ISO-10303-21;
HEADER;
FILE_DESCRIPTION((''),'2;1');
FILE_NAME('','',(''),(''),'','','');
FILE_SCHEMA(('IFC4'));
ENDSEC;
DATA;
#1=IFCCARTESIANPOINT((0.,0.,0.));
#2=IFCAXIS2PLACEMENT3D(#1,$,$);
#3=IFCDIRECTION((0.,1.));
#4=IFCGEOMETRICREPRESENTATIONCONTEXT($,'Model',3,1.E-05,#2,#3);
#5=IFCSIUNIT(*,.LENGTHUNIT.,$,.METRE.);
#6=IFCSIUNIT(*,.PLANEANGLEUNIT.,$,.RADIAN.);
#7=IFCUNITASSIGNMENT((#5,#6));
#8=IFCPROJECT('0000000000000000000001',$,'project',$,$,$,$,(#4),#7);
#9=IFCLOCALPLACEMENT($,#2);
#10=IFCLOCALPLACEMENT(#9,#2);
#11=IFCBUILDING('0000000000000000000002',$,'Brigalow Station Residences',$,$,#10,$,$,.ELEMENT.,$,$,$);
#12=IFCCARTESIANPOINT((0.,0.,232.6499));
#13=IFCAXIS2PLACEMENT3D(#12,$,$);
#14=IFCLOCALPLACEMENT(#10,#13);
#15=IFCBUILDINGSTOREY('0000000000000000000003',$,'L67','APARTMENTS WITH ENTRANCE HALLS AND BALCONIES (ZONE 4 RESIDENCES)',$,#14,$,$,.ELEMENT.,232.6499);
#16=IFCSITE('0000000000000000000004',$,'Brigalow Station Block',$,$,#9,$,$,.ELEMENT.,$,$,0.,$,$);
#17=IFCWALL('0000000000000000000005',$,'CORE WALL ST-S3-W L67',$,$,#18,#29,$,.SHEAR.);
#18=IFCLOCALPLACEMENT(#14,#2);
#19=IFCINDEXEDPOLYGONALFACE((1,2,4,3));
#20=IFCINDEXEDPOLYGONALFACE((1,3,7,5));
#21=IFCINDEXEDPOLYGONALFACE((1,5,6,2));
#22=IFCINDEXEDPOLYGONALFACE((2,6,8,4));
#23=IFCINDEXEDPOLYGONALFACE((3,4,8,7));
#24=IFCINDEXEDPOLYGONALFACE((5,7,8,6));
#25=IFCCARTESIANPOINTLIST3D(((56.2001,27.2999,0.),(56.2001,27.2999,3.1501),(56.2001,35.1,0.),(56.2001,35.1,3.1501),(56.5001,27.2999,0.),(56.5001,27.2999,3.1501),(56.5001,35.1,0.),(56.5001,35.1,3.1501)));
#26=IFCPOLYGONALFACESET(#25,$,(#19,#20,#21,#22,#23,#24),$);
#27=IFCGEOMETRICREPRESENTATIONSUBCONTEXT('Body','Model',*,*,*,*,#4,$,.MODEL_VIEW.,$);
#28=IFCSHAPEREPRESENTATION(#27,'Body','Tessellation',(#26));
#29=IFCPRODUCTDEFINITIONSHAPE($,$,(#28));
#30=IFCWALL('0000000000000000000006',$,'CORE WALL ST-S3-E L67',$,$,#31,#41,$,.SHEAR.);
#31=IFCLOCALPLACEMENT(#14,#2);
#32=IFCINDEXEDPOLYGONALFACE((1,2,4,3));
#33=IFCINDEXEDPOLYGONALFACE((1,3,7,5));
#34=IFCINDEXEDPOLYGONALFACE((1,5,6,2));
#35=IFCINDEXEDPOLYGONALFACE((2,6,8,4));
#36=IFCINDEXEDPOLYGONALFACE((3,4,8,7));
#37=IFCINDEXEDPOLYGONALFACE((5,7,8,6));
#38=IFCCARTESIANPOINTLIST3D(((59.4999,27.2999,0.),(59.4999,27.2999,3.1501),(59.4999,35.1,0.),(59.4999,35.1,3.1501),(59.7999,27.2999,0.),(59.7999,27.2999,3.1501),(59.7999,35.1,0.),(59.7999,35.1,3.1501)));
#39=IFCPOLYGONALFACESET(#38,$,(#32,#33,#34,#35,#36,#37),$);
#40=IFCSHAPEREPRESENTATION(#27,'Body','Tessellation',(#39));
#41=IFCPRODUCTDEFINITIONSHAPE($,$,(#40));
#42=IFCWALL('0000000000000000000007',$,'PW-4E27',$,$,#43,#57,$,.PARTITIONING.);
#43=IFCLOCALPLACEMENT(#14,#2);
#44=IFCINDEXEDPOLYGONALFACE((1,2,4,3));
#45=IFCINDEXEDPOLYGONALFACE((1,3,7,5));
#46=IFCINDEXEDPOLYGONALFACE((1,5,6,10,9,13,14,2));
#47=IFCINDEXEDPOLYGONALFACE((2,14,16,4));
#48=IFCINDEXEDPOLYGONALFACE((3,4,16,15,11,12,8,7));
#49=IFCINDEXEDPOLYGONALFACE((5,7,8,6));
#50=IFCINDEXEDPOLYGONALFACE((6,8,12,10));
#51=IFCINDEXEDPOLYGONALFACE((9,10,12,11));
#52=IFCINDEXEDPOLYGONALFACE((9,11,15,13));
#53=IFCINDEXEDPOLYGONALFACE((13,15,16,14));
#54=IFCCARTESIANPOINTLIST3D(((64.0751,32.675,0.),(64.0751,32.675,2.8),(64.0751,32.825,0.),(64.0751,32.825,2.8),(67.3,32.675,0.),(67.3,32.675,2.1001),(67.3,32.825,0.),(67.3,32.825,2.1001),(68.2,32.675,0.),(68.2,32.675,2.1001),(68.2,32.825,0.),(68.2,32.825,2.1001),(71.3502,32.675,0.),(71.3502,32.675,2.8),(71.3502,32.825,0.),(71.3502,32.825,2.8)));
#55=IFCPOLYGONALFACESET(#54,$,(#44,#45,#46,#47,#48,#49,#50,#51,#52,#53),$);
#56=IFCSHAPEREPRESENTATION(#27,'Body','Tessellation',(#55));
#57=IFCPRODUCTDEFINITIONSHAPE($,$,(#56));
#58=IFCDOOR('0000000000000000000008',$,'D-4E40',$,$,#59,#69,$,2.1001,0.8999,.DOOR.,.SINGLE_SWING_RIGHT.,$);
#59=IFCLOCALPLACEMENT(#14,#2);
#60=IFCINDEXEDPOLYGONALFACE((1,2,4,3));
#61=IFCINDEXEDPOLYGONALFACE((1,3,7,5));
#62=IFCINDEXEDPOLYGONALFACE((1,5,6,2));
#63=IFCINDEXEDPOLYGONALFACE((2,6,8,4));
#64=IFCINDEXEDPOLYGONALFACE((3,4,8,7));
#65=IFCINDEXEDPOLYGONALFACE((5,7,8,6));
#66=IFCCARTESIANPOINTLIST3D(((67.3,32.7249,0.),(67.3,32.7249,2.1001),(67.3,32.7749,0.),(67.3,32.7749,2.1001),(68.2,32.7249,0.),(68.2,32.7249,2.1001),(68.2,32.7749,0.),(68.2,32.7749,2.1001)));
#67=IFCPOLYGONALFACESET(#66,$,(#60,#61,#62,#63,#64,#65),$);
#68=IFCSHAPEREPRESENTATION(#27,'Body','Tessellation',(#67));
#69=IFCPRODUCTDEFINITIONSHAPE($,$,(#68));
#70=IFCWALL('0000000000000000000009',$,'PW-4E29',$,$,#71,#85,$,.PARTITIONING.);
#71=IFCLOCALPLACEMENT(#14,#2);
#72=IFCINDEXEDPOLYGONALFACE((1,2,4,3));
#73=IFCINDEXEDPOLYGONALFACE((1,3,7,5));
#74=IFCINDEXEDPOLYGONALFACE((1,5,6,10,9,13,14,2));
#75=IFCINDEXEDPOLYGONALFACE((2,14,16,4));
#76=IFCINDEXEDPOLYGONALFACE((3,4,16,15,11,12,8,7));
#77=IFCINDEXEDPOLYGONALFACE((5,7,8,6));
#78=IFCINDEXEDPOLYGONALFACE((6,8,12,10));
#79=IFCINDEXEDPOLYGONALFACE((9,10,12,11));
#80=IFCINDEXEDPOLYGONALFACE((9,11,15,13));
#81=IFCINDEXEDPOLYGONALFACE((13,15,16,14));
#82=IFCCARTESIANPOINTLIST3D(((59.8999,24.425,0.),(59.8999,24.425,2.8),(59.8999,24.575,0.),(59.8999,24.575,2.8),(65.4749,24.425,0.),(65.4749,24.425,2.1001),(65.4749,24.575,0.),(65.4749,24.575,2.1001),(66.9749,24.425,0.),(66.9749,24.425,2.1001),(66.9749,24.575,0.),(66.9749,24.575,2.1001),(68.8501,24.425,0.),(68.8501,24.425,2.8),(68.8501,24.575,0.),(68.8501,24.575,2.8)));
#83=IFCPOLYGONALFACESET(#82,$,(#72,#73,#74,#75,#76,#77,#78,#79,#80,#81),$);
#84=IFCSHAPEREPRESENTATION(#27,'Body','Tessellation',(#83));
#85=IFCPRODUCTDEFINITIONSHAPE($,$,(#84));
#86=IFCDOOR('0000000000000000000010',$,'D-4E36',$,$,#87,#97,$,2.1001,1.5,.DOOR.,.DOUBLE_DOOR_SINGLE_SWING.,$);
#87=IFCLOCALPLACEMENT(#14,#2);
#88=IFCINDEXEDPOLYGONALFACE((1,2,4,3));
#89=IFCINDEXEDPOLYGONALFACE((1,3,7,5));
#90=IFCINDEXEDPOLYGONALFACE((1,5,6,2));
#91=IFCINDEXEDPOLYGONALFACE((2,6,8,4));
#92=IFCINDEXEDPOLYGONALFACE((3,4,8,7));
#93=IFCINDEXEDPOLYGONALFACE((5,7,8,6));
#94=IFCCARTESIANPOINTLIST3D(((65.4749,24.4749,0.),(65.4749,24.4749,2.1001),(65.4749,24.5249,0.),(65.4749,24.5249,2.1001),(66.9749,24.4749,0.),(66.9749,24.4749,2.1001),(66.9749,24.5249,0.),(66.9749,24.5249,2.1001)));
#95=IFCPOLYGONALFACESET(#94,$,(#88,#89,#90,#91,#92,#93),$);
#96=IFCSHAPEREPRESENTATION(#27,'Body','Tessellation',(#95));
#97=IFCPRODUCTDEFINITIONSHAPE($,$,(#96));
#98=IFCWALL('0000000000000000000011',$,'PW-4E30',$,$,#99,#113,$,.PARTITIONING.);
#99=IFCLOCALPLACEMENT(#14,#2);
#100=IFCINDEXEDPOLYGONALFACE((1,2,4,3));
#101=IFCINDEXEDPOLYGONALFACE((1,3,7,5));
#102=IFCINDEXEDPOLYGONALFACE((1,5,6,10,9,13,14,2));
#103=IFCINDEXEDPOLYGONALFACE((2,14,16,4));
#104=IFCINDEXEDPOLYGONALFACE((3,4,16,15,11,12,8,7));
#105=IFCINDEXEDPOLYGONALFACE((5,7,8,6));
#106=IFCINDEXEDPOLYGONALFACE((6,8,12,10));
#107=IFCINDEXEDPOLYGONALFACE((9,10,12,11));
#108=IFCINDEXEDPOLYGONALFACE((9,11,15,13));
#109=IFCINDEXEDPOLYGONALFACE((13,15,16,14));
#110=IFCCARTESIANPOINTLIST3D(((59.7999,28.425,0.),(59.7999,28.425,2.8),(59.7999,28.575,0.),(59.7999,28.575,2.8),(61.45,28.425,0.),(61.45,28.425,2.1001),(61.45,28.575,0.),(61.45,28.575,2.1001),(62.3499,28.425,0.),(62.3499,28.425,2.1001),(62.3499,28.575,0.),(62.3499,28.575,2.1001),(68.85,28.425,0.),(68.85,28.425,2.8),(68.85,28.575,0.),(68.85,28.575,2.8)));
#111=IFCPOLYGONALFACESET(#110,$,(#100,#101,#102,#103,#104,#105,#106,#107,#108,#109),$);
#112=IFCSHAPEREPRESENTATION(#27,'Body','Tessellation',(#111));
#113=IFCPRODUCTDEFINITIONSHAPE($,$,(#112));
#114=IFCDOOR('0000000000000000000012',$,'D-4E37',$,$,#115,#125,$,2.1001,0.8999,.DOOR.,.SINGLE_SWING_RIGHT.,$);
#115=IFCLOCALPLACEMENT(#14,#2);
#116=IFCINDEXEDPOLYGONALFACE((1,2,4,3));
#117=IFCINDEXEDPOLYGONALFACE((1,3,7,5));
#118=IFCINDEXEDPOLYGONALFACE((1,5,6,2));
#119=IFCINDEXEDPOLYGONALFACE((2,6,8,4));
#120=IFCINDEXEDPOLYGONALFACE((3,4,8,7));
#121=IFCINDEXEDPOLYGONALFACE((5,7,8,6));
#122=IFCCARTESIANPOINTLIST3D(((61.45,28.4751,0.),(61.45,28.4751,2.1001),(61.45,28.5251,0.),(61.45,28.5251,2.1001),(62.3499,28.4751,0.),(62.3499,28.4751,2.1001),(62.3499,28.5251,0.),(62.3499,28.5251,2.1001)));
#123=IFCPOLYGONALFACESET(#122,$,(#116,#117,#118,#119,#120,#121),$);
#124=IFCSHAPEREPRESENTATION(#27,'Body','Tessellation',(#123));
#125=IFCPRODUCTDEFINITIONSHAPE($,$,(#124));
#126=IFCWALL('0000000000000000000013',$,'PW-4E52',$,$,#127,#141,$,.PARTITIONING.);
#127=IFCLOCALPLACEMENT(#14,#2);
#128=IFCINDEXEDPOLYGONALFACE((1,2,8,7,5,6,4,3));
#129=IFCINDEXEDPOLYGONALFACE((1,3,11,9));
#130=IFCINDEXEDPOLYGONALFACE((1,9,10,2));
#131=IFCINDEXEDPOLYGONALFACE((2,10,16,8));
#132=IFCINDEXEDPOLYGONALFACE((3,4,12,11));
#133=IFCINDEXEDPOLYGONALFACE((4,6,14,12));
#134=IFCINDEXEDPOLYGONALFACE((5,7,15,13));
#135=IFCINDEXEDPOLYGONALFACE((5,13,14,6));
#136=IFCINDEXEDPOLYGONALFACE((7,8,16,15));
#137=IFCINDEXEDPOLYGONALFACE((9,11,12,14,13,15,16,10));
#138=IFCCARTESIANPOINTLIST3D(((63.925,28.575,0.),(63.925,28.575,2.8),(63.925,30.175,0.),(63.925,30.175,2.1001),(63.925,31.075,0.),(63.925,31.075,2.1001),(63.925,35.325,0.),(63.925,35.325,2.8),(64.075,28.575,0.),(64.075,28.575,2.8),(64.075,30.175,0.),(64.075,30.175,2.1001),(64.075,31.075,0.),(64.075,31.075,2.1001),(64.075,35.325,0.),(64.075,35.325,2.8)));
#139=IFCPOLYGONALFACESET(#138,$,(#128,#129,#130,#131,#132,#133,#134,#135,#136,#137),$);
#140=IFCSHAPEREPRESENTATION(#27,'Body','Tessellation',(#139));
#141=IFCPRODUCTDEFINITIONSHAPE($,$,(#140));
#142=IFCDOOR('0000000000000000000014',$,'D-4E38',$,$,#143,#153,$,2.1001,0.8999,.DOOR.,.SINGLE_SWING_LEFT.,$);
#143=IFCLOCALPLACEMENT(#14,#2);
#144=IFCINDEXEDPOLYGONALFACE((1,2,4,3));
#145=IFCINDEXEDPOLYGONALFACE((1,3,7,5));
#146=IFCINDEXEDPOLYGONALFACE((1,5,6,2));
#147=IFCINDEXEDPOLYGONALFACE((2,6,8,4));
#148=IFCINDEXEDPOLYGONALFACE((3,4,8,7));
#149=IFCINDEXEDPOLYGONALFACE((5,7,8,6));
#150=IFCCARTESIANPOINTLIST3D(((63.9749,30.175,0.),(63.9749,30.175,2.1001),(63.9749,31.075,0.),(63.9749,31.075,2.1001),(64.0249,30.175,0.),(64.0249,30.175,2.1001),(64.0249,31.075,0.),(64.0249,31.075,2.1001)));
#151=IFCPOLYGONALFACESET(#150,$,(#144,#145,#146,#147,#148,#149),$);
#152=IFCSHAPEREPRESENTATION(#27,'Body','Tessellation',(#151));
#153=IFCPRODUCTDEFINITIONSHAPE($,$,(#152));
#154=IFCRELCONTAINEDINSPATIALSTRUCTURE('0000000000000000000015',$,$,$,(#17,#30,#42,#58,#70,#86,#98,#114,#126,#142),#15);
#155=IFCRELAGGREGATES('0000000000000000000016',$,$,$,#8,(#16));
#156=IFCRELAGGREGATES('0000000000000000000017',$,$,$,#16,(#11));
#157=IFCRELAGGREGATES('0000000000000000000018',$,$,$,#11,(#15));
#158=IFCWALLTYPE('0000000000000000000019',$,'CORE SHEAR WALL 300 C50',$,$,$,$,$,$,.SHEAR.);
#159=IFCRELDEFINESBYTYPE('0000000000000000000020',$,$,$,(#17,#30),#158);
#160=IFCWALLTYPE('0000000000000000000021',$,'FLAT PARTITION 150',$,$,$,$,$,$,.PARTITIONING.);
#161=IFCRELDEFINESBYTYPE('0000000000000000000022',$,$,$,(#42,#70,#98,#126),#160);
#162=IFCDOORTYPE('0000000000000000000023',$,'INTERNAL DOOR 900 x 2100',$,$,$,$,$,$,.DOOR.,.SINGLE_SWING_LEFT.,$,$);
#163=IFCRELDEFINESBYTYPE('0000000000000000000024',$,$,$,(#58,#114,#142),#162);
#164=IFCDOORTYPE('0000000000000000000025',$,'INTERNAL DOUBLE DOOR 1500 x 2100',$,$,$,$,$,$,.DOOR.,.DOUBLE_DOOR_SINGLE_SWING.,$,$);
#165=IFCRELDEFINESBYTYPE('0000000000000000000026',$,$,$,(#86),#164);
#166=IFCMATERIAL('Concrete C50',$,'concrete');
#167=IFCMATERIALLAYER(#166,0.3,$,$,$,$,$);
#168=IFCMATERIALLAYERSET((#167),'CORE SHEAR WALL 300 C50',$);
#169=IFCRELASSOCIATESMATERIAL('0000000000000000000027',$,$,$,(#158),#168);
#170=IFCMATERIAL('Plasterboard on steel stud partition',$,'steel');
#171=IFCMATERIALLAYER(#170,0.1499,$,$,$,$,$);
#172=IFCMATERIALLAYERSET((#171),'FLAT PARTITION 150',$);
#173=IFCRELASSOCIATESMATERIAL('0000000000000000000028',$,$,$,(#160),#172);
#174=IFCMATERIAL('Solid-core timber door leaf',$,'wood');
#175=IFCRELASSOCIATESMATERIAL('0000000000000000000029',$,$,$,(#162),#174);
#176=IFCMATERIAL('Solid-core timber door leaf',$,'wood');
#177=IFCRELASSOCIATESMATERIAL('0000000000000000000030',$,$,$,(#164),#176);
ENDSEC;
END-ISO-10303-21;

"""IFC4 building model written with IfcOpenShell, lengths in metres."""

from ifc_helpers import new_model, si_unit, direction, frame, frame_2d, origin, place, context, subcontext, project, spatial, rectangle, extrude, material, layer, layer_set, type_object, element, fill, save


model = new_model("IFC4")

# Units and contexts
model_context = context("Model", 3, precision=1e-05, world=origin(), true_north=direction((0.0, 1.0)))
body_context = subcontext(model_context, "Body", "Model", "MODEL_VIEW")
ifc_project = project(units=[si_unit("LENGTHUNIT", "METRE"), si_unit("PLANEANGLEUNIT", "RADIAN")], contexts=[model_context])

# Site, building, storey
site_placement = place(None, origin())
site = spatial("IfcSite", under=ifc_project, at=site_placement, Name="Brigalow Station Block", CompositionType="ELEMENT", RefElevation=0.0)
building_placement = place(site_placement, origin())
building = spatial("IfcBuilding", under=site, at=building_placement, Name="Brigalow Station Residences", CompositionType="ELEMENT")
storey_placement = place(building_placement, frame((0.0, 0.0, 232.6499)))
storey = spatial("IfcBuildingStorey", under=building, at=storey_placement, Name="L67", Description="APARTMENTS WITH ENTRANCE HALLS AND BALCONIES (ZONE 4 RESIDENCES)", CompositionType="ELEMENT", Elevation=232.6499)

# Walls
ifc_material_1 = material(Name="Concrete C50", Category="concrete")
ifc_layer_1 = layer(ifc_material_1, 0.3)
ifc_layer_set_1 = layer_set([ifc_layer_1], Name="CORE SHEAR WALL 300 C50")
wall_type_1 = type_object("IfcWallType", Name="CORE SHEAR WALL 300 C50", PredefinedType="SHEAR", material=ifc_layer_set_1)
for number, where, z_axis, x_axis, name in (
    (1, (56.3501, 27.3, 0.0), (0.0, 0.0, 1.0), (0.0, 1.0, 0.0), "CORE WALL ST-S3-W L67"),
    (2, (59.6499, 27.3, 0.0), (0.0, 0.0, 1.0), (0.0, 1.0, 0.0), "CORE WALL ST-S3-E L67"),
):
    element("IfcWall", number, at=place(storey_placement, frame(where, z_axis=z_axis, x_axis=x_axis)), inside=storey, type_object=wall_type_1, Name=name, PredefinedType="SHEAR", context=body_context, shape_type="SweptSolid", body=[
        extrude(rectangle(XDim=7.8, YDim=0.3, at=frame_2d((3.8999, 0.0))), origin(), (0.0, 0.0, 1.0), 3.1501),
    ])

# Walls, openings, doors
ifc_material_2 = material(Name="Plasterboard on steel stud partition", Category="steel")
ifc_layer_2 = layer(ifc_material_2, 0.1499)
ifc_layer_set_2 = layer_set([ifc_layer_2], Name="FLAT PARTITION 150")
wall_type_2 = type_object("IfcWallType", Name="FLAT PARTITION 150", PredefinedType="PARTITIONING", material=ifc_layer_set_2)
wall_1_placement = place(storey_placement, frame((64.075, 32.75, 0.0), z_axis=(0.0, 0.0, 1.0), x_axis=(1.0, 0.0, 0.0)))
wall_1 = element("IfcWall", 3, at=wall_1_placement, inside=storey, type_object=wall_type_2, Name="PW-4E27", PredefinedType="PARTITIONING", context=body_context, shape_type="SweptSolid", body=[
    extrude(rectangle(XDim=7.2751, YDim=0.1499, at=frame_2d((3.6377, 0.0))), origin(), (0.0, 0.0, 1.0), 2.8),
])
opening_1_placement = place(wall_1_placement, frame((3.2251, 0.0, 0.0)))
opening_1 = element("IfcOpeningElement", 4, at=opening_1_placement, cuts=wall_1, PredefinedType="OPENING", context=body_context, shape_type="SweptSolid", body=[
    extrude(rectangle(XDim=0.8999, YDim=2.1001, at=frame_2d((0.45, 1.05))), frame((0.0, 0.085, 0.0), z_axis=(0.0, -1.0, 0.0), x_axis=(1.0, 0.0, 0.0)), (0.0, 0.0, 1.0), 0.1699),
])
ifc_material_3 = material(Name="Solid-core timber door leaf", Category="wood")
door_type_1 = type_object("IfcDoorType", Name="INTERNAL DOOR 900 x 2100", OperationType="SINGLE_SWING_LEFT", PredefinedType="DOOR", material=ifc_material_3)
door_1_placement = place(opening_1_placement, origin())
door_1 = element("IfcDoor", 5, at=door_1_placement, inside=storey, type_object=door_type_1, Name="D-4E40", OperationType="SINGLE_SWING_RIGHT", OverallHeight=2.1001, OverallWidth=0.8999, PredefinedType="DOOR", context=body_context, shape_type="SweptSolid", body=[
    extrude(rectangle(XDim=0.8999, YDim=2.1001, at=frame_2d((0.45, 1.05))), frame((0.0, 0.0249, 0.0), z_axis=(0.0, -1.0, 0.0), x_axis=(1.0, 0.0, 0.0)), (0.0, 0.0, 1.0), 0.05),
])
fill(opening_1, door_1)
wall_2_placement = place(storey_placement, frame((59.8999, 24.5, 0.0), z_axis=(0.0, 0.0, 1.0), x_axis=(1.0, 0.0, 0.0)))
wall_2 = element("IfcWall", 6, at=wall_2_placement, inside=storey, type_object=wall_type_2, Name="PW-4E29", PredefinedType="PARTITIONING", context=body_context, shape_type="SweptSolid", body=[
    extrude(rectangle(XDim=8.9502, YDim=0.1499, at=frame_2d((4.4751, 0.0))), origin(), (0.0, 0.0, 1.0), 2.8),
])
opening_2_placement = place(wall_2_placement, frame((5.575, 0.0, 0.0)))
opening_2 = element("IfcOpeningElement", 7, at=opening_2_placement, cuts=wall_2, PredefinedType="OPENING", context=body_context, shape_type="SweptSolid", body=[
    extrude(rectangle(XDim=1.5, YDim=2.1001, at=frame_2d((0.75, 1.05))), frame((0.0, 0.085, 0.0), z_axis=(0.0, -1.0, 0.0), x_axis=(1.0, 0.0, 0.0)), (0.0, 0.0, 1.0), 0.1699),
])
ifc_material_4 = material(Name="Solid-core timber door leaf", Category="wood")
door_type_2 = type_object("IfcDoorType", Name="INTERNAL DOUBLE DOOR 1500 x 2100", OperationType="DOUBLE_DOOR_SINGLE_SWING", PredefinedType="DOOR", material=ifc_material_4)
door_2_placement = place(opening_2_placement, origin())
door_2 = element("IfcDoor", 8, at=door_2_placement, inside=storey, type_object=door_type_2, Name="D-4E36", OperationType="DOUBLE_DOOR_SINGLE_SWING", OverallHeight=2.1001, OverallWidth=1.5, PredefinedType="DOOR", context=body_context, shape_type="SweptSolid", body=[
    extrude(rectangle(XDim=1.5, YDim=2.1001, at=frame_2d((0.75, 1.05))), frame((0.0, 0.0249, 0.0), z_axis=(0.0, -1.0, 0.0), x_axis=(1.0, 0.0, 0.0)), (0.0, 0.0, 1.0), 0.05),
])
fill(opening_2, door_2)
wall_3_placement = place(storey_placement, frame((59.8, 28.5, 0.0), z_axis=(0.0, 0.0, 1.0), x_axis=(1.0, 0.0, 0.0)))
wall_3 = element("IfcWall", 9, at=wall_3_placement, inside=storey, type_object=wall_type_2, Name="PW-4E30", PredefinedType="PARTITIONING", context=body_context, shape_type="SweptSolid", body=[
    extrude(rectangle(XDim=9.05, YDim=0.1499, at=frame_2d((4.5249, 0.0))), origin(), (0.0, 0.0, 1.0), 2.8),
])
opening_3_placement = place(wall_3_placement, frame((1.6499, 0.0, 0.0)))
opening_3 = element("IfcOpeningElement", 10, at=opening_3_placement, cuts=wall_3, PredefinedType="OPENING", context=body_context, shape_type="SweptSolid", body=[
    extrude(rectangle(XDim=0.8999, YDim=2.1001, at=frame_2d((0.45, 1.05))), frame((0.0, 0.085, 0.0), z_axis=(0.0, -1.0, 0.0), x_axis=(1.0, 0.0, 0.0)), (0.0, 0.0, 1.0), 0.1699),
])
door_3_placement = place(opening_3_placement, frame((0.8999, 0.0, 0.0), z_axis=(0.0, 0.0, 1.0), x_axis=(-1.0, 0.0, 0.0)))
door_3 = element("IfcDoor", 11, at=door_3_placement, inside=storey, type_object=door_type_1, Name="D-4E37", OperationType="SINGLE_SWING_RIGHT", OverallHeight=2.1001, OverallWidth=0.8999, PredefinedType="DOOR", context=body_context, shape_type="SweptSolid", body=[
    extrude(rectangle(XDim=0.8999, YDim=2.1001, at=frame_2d((0.45, 1.05))), frame((0.0, 0.0249, 0.0), z_axis=(0.0, -1.0, 0.0), x_axis=(1.0, 0.0, 0.0)), (0.0, 0.0, 1.0), 0.05),
])
fill(opening_3, door_3)
wall_4_placement = place(storey_placement, frame((64.0, 28.575, 0.0), z_axis=(0.0, 0.0, 1.0), x_axis=(0.0, 1.0, 0.0)))
wall_4 = element("IfcWall", 12, at=wall_4_placement, inside=storey, type_object=wall_type_2, Name="PW-4E52", PredefinedType="PARTITIONING", context=body_context, shape_type="SweptSolid", body=[
    extrude(rectangle(XDim=6.75, YDim=0.1499, at=frame_2d((3.375, 0.0))), origin(), (0.0, 0.0, 1.0), 2.8),
])
opening_4_placement = place(wall_4_placement, frame((1.6001, 0.0, 0.0)))
opening_4 = element("IfcOpeningElement", 13, at=opening_4_placement, cuts=wall_4, PredefinedType="OPENING", context=body_context, shape_type="SweptSolid", body=[
    extrude(rectangle(XDim=0.8999, YDim=2.1001, at=frame_2d((0.45, 1.05))), frame((0.0, 0.085, 0.0), z_axis=(0.0, -1.0, 0.0), x_axis=(1.0, 0.0, 0.0)), (0.0, 0.0, 1.0), 0.1699),
])
door_4_placement = place(opening_4_placement, frame((0.8999, 0.0, 0.0), z_axis=(0.0, 0.0, 1.0), x_axis=(-1.0, 0.0, 0.0)))
door_4 = element("IfcDoor", 14, at=door_4_placement, inside=storey, type_object=door_type_1, Name="D-4E38", OperationType="SINGLE_SWING_LEFT", OverallHeight=2.1001, OverallWidth=0.8999, PredefinedType="DOOR", context=body_context, shape_type="SweptSolid", body=[
    extrude(rectangle(XDim=0.8999, YDim=2.1001, at=frame_2d((0.45, 1.05))), frame((0.0, 0.0249, 0.0), z_axis=(0.0, -1.0, 0.0), x_axis=(1.0, 0.0, 0.0)), (0.0, 0.0, 1.0), 0.05),
])
fill(opening_4, door_4)

save(model, "model.ifc")
